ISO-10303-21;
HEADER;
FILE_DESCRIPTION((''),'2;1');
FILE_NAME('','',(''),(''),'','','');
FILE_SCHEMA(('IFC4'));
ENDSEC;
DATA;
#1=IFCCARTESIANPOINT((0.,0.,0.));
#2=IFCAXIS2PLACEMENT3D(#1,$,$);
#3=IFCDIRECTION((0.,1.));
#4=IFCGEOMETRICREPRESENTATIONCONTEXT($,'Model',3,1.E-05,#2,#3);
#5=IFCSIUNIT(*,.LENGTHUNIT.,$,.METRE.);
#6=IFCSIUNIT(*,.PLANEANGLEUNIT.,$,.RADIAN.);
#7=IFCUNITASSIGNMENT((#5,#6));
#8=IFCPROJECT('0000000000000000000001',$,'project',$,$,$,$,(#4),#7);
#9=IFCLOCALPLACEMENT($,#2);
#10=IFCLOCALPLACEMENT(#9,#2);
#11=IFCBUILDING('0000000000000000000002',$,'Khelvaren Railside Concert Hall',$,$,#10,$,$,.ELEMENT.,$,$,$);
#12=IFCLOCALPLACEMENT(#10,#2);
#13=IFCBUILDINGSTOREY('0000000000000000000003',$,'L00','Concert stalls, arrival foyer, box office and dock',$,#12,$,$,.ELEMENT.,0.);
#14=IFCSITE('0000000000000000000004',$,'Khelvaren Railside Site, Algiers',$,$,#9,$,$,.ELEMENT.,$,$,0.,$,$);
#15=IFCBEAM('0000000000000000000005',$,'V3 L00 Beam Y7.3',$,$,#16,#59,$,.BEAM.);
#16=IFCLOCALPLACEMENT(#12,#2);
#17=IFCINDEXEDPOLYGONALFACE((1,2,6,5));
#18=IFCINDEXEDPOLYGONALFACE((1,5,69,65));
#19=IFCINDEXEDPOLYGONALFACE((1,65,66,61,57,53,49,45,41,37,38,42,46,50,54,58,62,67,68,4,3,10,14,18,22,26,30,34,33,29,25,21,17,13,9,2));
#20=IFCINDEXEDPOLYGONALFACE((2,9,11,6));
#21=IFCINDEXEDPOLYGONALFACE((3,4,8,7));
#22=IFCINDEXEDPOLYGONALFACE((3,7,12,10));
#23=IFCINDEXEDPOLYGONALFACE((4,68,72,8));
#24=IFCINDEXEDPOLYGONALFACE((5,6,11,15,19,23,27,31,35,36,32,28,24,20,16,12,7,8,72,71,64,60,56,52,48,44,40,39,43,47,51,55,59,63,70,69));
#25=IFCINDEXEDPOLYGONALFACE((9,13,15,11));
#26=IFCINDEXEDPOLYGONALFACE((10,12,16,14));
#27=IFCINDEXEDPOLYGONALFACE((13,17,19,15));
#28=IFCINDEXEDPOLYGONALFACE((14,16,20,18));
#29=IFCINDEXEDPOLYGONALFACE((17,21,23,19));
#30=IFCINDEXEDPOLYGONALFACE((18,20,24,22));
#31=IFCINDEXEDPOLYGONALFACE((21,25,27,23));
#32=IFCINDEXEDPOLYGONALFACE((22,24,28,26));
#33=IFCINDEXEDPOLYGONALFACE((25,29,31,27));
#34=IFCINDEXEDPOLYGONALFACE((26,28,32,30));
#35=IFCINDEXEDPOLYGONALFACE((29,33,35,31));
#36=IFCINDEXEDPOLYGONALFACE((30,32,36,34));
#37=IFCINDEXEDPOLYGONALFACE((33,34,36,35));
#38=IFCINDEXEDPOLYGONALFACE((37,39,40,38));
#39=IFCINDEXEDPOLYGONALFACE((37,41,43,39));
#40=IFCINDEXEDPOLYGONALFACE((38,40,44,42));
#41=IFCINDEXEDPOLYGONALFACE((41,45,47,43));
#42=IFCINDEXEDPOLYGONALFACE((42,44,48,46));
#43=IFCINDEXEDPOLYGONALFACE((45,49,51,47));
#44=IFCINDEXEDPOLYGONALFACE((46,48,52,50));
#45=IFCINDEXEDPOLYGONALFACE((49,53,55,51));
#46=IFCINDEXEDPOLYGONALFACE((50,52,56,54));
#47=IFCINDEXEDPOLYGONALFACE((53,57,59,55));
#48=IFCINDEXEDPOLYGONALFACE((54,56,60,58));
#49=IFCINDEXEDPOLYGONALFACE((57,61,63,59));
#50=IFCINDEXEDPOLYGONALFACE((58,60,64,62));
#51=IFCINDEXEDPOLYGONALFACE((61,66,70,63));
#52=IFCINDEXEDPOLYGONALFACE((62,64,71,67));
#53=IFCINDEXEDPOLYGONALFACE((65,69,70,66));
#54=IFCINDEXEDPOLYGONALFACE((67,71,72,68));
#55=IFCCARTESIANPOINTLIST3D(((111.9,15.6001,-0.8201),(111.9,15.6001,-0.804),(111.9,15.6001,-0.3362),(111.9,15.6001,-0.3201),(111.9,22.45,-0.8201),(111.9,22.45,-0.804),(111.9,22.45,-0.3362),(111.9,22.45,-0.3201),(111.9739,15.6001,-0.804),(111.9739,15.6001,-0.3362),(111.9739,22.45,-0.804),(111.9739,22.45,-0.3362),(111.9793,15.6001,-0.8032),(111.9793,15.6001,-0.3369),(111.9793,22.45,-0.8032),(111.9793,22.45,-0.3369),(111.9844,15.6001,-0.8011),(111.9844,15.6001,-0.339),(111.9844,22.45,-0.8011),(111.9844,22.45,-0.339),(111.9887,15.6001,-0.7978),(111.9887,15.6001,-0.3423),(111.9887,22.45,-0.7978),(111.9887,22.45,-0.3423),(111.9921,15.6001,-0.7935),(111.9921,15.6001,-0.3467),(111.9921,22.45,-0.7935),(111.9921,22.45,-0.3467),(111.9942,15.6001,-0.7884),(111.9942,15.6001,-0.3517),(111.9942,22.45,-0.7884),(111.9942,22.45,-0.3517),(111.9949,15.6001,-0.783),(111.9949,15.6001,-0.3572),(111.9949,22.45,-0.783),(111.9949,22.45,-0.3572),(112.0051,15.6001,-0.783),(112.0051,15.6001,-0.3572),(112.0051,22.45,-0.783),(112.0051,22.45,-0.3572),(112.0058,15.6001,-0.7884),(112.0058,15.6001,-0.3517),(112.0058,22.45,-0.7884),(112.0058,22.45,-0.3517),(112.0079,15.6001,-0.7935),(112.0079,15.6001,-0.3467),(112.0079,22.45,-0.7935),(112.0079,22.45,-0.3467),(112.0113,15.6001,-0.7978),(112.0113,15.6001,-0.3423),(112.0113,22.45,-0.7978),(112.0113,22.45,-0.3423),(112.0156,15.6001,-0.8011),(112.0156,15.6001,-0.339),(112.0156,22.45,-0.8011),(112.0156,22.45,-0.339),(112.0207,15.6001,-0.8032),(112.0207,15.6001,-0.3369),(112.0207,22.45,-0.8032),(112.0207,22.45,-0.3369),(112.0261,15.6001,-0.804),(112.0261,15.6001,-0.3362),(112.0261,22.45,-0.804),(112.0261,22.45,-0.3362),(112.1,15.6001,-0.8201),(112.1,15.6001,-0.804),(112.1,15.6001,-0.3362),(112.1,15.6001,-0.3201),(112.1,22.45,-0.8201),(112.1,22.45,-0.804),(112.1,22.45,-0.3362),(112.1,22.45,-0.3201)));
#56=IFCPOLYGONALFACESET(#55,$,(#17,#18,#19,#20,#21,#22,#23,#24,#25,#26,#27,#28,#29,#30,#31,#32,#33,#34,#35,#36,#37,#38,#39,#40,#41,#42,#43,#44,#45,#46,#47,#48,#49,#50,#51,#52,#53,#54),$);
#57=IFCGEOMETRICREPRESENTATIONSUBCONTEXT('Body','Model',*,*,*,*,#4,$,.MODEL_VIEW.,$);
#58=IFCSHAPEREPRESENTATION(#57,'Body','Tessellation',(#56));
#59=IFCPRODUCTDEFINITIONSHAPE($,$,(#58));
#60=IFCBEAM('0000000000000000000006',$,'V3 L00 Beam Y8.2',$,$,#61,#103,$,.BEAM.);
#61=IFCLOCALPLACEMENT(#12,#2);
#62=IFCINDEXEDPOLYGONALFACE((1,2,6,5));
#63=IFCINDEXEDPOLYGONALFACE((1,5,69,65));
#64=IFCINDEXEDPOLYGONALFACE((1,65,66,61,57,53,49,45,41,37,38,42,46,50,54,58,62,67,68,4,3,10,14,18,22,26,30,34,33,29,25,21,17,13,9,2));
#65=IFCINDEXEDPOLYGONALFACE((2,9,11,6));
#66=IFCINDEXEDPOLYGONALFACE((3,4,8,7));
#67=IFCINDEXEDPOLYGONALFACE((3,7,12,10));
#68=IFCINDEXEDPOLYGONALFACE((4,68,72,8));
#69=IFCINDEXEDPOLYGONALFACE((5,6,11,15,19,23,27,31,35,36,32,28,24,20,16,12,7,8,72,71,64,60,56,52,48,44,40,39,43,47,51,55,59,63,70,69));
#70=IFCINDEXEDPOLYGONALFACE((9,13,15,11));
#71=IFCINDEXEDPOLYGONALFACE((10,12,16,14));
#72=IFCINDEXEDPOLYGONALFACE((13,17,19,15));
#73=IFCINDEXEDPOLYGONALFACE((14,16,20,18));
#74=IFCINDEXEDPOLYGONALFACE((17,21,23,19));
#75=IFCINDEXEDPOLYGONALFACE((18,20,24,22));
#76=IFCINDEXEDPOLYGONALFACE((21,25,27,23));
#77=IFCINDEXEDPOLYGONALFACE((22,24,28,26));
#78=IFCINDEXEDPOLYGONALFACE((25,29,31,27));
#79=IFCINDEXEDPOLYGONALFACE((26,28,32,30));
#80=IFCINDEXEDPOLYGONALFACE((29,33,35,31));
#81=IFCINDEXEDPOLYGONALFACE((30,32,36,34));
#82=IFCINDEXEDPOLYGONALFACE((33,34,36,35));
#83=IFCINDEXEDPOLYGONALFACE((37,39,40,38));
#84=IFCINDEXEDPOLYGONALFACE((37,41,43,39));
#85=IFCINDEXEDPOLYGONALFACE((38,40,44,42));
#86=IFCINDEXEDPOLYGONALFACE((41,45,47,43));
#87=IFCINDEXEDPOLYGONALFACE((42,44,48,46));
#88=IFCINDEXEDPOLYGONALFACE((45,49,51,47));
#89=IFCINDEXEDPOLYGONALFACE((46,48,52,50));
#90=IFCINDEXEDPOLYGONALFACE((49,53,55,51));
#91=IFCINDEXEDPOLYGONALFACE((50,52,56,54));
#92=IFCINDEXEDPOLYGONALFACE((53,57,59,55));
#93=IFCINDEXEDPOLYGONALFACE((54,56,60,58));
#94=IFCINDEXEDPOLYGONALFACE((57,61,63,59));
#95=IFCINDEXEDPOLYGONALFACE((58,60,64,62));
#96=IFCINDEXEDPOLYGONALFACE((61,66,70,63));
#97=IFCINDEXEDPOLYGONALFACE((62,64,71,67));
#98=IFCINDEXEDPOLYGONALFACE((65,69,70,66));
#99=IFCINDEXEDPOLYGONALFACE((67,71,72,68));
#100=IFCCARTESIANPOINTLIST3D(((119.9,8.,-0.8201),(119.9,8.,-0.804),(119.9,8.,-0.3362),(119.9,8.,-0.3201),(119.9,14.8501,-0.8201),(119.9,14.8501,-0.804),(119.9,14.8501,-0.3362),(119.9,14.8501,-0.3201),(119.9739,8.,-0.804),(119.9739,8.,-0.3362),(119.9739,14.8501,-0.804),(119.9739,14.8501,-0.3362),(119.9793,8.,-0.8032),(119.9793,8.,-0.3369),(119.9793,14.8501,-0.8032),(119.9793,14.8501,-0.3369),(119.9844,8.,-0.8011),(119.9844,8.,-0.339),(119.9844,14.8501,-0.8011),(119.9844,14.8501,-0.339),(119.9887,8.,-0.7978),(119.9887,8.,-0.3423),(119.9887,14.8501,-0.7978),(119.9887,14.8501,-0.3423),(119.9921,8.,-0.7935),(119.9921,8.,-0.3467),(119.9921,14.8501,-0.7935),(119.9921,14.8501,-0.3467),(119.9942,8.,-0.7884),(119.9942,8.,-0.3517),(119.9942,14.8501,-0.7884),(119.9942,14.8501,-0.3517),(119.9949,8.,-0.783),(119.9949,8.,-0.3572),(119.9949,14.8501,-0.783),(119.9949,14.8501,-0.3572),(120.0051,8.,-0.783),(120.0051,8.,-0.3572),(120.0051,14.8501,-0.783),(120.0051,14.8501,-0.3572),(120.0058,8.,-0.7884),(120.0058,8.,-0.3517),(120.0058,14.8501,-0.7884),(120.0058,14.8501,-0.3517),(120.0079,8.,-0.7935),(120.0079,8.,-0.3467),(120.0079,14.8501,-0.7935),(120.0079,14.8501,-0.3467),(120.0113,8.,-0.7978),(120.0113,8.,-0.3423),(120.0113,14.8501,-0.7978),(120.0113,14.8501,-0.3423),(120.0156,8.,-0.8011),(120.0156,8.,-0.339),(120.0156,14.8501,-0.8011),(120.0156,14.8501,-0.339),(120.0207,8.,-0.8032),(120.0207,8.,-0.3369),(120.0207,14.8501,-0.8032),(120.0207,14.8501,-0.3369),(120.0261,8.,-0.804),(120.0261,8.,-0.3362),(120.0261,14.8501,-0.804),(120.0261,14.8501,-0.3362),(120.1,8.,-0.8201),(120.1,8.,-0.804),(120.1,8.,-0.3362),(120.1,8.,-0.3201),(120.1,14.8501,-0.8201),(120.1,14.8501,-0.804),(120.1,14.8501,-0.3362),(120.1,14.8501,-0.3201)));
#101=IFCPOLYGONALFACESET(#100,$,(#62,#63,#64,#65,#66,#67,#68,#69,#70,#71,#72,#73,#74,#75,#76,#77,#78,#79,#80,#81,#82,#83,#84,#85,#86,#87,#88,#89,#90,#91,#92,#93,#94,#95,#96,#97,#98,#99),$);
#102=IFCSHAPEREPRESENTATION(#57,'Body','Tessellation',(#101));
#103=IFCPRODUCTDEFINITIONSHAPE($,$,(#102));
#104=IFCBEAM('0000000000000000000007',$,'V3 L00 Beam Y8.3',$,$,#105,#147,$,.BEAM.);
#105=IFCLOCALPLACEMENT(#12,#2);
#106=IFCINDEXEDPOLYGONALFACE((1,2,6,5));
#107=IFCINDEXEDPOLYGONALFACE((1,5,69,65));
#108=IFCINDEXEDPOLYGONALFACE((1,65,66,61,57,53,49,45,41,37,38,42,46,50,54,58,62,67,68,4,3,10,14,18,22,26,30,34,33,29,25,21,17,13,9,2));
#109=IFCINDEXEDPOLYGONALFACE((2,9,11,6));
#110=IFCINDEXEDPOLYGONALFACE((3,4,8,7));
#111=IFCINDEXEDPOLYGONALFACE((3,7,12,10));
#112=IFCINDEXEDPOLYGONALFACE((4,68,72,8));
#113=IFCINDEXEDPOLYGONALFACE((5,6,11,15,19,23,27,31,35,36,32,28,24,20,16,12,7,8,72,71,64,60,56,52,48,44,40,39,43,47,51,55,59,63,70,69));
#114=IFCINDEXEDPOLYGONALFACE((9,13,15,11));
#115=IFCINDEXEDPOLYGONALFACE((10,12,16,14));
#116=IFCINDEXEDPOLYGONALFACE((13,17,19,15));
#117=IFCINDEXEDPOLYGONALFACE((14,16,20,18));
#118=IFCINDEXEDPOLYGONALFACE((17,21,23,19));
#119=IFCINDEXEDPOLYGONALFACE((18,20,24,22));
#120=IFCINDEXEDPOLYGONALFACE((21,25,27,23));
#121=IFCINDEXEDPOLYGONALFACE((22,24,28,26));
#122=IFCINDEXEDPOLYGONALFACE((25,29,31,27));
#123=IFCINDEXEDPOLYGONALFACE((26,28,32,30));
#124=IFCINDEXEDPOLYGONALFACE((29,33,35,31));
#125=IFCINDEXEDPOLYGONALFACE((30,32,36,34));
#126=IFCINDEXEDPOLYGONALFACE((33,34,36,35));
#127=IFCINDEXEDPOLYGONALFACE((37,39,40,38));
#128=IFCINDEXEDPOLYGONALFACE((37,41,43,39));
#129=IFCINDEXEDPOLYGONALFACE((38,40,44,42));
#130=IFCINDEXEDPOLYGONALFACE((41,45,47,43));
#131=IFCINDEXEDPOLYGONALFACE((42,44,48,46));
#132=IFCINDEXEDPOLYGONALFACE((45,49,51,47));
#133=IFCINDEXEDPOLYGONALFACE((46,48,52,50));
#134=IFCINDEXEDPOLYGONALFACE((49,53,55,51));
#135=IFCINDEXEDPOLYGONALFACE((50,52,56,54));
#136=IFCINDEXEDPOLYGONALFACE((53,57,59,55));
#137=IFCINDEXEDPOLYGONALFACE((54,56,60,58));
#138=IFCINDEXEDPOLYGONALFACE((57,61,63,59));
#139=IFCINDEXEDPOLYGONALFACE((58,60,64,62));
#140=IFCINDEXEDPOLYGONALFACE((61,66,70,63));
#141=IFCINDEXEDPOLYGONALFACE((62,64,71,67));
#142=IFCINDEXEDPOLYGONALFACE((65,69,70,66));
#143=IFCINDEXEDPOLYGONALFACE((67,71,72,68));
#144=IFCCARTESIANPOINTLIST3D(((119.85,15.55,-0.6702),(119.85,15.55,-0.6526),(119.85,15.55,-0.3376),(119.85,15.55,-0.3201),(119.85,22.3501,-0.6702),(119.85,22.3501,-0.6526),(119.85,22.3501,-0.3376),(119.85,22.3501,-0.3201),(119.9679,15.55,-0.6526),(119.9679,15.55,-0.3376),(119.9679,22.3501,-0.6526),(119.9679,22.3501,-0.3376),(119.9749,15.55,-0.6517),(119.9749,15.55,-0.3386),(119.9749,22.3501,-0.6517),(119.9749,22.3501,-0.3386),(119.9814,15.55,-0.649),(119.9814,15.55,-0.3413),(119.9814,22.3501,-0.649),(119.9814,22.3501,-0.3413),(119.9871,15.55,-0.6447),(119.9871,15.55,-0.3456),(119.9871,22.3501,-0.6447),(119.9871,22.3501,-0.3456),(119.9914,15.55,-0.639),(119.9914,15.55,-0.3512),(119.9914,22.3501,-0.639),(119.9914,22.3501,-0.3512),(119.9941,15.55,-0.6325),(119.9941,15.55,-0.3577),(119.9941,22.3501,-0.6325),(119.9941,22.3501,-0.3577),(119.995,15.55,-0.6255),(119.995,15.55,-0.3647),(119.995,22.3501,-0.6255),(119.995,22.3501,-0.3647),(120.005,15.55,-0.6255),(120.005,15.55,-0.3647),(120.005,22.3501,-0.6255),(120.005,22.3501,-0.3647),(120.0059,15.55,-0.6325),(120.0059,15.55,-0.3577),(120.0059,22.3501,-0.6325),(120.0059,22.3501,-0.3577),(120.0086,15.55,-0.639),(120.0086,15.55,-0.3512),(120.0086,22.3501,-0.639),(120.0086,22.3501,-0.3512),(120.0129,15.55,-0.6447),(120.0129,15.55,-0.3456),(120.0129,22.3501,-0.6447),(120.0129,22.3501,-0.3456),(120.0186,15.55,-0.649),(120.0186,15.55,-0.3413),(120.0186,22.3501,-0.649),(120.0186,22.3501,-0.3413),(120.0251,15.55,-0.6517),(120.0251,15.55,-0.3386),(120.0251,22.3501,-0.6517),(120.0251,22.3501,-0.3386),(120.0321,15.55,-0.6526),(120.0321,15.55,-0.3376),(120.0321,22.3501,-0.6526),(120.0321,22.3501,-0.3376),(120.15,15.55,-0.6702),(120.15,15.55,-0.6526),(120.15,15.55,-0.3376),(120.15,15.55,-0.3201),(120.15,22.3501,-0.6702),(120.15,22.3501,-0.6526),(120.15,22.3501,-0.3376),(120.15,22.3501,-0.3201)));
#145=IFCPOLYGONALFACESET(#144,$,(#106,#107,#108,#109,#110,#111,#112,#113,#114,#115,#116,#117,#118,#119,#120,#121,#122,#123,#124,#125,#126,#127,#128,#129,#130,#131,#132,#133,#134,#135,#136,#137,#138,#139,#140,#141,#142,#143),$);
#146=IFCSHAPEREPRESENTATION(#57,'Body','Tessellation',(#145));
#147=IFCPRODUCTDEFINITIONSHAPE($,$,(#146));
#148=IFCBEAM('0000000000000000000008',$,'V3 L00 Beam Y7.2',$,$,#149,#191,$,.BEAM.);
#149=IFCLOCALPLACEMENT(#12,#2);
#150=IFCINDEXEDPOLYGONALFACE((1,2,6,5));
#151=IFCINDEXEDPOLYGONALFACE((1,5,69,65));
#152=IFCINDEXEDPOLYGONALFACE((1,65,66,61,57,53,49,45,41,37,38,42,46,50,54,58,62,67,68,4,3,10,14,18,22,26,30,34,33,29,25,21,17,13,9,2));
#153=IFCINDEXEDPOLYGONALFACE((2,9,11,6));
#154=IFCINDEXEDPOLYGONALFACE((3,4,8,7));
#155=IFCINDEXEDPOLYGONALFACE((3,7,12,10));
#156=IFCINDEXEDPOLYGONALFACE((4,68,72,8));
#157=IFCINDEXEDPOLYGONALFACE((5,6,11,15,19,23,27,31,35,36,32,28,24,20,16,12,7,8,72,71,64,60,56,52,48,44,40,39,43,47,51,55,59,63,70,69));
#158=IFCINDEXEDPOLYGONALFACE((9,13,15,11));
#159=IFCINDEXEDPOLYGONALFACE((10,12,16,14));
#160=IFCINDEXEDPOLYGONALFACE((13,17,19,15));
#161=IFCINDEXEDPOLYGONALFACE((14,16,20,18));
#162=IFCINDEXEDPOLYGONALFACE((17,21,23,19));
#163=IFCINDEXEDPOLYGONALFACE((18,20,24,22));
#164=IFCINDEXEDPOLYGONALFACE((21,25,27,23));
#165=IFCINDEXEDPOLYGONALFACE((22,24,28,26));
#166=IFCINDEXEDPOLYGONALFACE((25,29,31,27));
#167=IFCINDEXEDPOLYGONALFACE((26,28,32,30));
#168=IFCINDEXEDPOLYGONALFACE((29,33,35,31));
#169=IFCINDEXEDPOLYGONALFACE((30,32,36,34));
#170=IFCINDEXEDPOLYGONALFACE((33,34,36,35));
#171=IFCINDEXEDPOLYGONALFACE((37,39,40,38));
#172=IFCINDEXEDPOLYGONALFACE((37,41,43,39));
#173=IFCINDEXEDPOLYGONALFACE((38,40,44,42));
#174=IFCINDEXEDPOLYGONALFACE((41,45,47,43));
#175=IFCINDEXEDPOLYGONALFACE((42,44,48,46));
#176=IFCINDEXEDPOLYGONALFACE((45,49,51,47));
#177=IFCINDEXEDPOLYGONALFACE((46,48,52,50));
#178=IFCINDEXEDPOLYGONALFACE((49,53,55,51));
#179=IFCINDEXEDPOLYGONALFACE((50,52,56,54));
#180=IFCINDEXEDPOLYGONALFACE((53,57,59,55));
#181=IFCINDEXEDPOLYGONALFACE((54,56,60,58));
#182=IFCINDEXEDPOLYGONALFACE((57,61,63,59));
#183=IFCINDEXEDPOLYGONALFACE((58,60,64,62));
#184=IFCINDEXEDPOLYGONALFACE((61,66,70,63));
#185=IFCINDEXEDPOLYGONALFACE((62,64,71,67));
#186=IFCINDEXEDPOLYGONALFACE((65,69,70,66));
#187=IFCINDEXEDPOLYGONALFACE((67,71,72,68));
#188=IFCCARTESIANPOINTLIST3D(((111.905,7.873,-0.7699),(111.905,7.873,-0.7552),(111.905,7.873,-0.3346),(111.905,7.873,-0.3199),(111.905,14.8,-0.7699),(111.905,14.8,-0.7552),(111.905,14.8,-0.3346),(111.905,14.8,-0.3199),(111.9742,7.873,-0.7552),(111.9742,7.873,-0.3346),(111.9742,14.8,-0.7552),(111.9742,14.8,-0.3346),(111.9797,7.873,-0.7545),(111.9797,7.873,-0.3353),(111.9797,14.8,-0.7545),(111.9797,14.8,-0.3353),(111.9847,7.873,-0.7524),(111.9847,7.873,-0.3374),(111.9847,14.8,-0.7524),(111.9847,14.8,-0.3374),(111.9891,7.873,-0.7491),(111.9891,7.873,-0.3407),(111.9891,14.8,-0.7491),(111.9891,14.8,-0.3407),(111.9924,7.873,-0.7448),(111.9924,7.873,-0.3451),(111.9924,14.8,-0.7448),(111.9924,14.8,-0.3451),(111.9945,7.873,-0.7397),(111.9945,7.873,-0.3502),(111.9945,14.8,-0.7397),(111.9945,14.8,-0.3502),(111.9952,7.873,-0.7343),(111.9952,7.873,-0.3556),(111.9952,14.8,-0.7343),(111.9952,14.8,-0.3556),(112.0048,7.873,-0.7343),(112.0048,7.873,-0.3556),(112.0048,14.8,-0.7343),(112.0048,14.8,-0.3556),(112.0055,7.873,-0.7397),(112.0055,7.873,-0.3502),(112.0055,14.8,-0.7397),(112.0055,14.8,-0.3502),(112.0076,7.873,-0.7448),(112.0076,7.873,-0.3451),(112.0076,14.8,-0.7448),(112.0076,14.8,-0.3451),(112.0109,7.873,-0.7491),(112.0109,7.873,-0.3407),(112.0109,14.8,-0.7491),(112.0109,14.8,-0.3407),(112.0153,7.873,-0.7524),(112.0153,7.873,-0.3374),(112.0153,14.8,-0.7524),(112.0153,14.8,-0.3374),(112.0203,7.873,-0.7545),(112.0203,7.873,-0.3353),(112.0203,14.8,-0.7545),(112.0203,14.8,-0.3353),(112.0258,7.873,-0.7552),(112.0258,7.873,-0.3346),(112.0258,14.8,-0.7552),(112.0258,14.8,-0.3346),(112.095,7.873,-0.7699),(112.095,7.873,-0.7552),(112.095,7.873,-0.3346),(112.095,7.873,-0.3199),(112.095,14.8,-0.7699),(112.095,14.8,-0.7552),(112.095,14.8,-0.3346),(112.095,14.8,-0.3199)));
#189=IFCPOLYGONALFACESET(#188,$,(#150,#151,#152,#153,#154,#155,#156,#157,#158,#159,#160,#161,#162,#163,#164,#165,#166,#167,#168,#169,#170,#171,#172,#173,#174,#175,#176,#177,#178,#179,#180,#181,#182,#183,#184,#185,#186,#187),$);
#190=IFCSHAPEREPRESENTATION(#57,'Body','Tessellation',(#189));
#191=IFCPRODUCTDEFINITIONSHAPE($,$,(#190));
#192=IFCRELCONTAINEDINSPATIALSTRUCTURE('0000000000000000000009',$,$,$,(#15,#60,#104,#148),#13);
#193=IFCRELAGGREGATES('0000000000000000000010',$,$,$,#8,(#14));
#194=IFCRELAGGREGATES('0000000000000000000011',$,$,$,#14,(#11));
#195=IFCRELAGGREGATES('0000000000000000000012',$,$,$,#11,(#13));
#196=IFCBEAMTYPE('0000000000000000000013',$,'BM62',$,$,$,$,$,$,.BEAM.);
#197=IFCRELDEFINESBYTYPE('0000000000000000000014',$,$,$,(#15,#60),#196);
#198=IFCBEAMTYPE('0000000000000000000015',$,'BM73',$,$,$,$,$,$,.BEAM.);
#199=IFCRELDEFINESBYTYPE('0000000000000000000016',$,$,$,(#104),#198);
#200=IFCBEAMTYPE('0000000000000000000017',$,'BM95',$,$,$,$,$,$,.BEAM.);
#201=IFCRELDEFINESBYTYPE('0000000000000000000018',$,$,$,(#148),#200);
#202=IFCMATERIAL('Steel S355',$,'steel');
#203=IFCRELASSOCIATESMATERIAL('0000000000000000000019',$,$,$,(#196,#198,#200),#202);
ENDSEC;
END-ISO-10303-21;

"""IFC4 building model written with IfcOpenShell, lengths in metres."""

from ifc_helpers import new_model, si_unit, direction, frame, origin, origin_2d, place, context, subcontext, project, spatial, i_section, extrude, material, material_profile, profile_set, type_object, element, save


model = new_model("IFC4")

# Units and contexts
model_context = context("Model", 3, precision=1e-05, world=origin(), true_north=direction((0.0, 1.0)))
body_context = subcontext(model_context, "Body", "Model", "MODEL_VIEW")
ifc_project = project(units=[si_unit("LENGTHUNIT", "METRE"), si_unit("PLANEANGLEUNIT", "RADIAN")], contexts=[model_context])

# Site, building, storey
site_placement = place(None, origin())
site = spatial("IfcSite", under=ifc_project, at=site_placement, Name="Khelvaren Railside Site, Algiers", CompositionType="ELEMENT", RefElevation=0.0)
building_placement = place(site_placement, origin())
building = spatial("IfcBuilding", under=site, at=building_placement, Name="Khelvaren Railside Concert Hall", CompositionType="ELEMENT")
storey_placement = place(building_placement, origin())
storey = spatial("IfcBuildingStorey", under=building, at=storey_placement, Name="L00", Description="Concert stalls, arrival foyer, box office and dock", CompositionType="ELEMENT", Elevation=0.0)

# Beams
ifc_material_1 = material(Name="Steel S355", Category="steel")
ifc_material_profile_1 = material_profile(ifc_material_1, i_section(OverallWidth=0.2, OverallDepth=0.5, WebThickness=0.0103, FlangeThickness=0.0161, FilletRadius=0.021, at=origin_2d()), Name="IPE 500")
ifc_profile_set_1 = profile_set([ifc_material_profile_1], Name="Steel S355")
beam_type_1 = type_object("IfcBeamType", Name="BM62", PredefinedType="BEAM", material=ifc_profile_set_1)
beam_1_placement = place(storey_placement, frame((112.0, 15.6001, -0.5701), z_axis=(0.0, 1.0, 0.0), x_axis=(-1.0, 0.0, 0.0)))
element("IfcBeam", 1, at=beam_1_placement, inside=storey, type_object=beam_type_1, Name="V3 L00 Beam Y7.3", PredefinedType="BEAM", context=body_context, shape_type="SweptSolid", body=[
    extrude(i_section(OverallWidth=0.2, OverallDepth=0.5, WebThickness=0.0103, FlangeThickness=0.0161, FilletRadius=0.021, at=origin_2d()), origin(), (0.0, 0.0, 1.0), 6.8499),
])
beam_2_placement = place(storey_placement, frame((120.0, 8.0, -0.5701), z_axis=(0.0, 1.0, 0.0), x_axis=(-1.0, 0.0, 0.0)))
element("IfcBeam", 2, at=beam_2_placement, inside=storey, type_object=beam_type_1, Name="V3 L00 Beam Y8.2", PredefinedType="BEAM", context=body_context, shape_type="SweptSolid", body=[
    extrude(i_section(OverallWidth=0.2, OverallDepth=0.5, WebThickness=0.0103, FlangeThickness=0.0161, FilletRadius=0.021, at=origin_2d()), origin(), (0.0, 0.0, 1.0), 6.8501),
])
ifc_material_profile_2 = material_profile(ifc_material_1, i_section(OverallWidth=0.3, OverallDepth=0.3501, WebThickness=0.01, FlangeThickness=0.0176, FilletRadius=0.0271, at=origin_2d()), Name="HEA 360")
ifc_profile_set_2 = profile_set([ifc_material_profile_2], Name="Steel S355")
beam_type_2 = type_object("IfcBeamType", Name="BM73", PredefinedType="BEAM", material=ifc_profile_set_2)
beam_3_placement = place(storey_placement, frame((120.0, 15.55, -0.4951), z_axis=(0.0, 1.0, 0.0), x_axis=(-1.0, 0.0, 0.0)))
element("IfcBeam", 3, at=beam_3_placement, inside=storey, type_object=beam_type_2, Name="V3 L00 Beam Y8.3", PredefinedType="BEAM", context=body_context, shape_type="SweptSolid", body=[
    extrude(i_section(OverallWidth=0.3, OverallDepth=0.3501, WebThickness=0.01, FlangeThickness=0.0176, FilletRadius=0.0271, at=origin_2d()), origin(), (0.0, 0.0, 1.0), 6.8),
])
ifc_material_profile_3 = material_profile(ifc_material_1, i_section(OverallWidth=0.1899, OverallDepth=0.45, WebThickness=0.0095, FlangeThickness=0.0146, FilletRadius=0.021, at=origin_2d()), Name="IPE 450")
ifc_profile_set_3 = profile_set([ifc_material_profile_3], Name="Steel S355")
beam_type_3 = type_object("IfcBeamType", Name="BM95", PredefinedType="BEAM", material=ifc_profile_set_3)
beam_4_placement = place(storey_placement, frame((112.0, 7.873, -0.5449), z_axis=(0.0, 1.0, 0.0), x_axis=(-1.0, 0.0, 0.0)))
element("IfcBeam", 4, at=beam_4_placement, inside=storey, type_object=beam_type_3, Name="V3 L00 Beam Y7.2", PredefinedType="BEAM", context=body_context, shape_type="SweptSolid", body=[
    extrude(i_section(OverallWidth=0.1899, OverallDepth=0.45, WebThickness=0.0095, FlangeThickness=0.0146, FilletRadius=0.021, at=origin_2d()), origin(), (0.0, 0.0, 1.0), 6.927),
])

save(model, "model.ifc")
